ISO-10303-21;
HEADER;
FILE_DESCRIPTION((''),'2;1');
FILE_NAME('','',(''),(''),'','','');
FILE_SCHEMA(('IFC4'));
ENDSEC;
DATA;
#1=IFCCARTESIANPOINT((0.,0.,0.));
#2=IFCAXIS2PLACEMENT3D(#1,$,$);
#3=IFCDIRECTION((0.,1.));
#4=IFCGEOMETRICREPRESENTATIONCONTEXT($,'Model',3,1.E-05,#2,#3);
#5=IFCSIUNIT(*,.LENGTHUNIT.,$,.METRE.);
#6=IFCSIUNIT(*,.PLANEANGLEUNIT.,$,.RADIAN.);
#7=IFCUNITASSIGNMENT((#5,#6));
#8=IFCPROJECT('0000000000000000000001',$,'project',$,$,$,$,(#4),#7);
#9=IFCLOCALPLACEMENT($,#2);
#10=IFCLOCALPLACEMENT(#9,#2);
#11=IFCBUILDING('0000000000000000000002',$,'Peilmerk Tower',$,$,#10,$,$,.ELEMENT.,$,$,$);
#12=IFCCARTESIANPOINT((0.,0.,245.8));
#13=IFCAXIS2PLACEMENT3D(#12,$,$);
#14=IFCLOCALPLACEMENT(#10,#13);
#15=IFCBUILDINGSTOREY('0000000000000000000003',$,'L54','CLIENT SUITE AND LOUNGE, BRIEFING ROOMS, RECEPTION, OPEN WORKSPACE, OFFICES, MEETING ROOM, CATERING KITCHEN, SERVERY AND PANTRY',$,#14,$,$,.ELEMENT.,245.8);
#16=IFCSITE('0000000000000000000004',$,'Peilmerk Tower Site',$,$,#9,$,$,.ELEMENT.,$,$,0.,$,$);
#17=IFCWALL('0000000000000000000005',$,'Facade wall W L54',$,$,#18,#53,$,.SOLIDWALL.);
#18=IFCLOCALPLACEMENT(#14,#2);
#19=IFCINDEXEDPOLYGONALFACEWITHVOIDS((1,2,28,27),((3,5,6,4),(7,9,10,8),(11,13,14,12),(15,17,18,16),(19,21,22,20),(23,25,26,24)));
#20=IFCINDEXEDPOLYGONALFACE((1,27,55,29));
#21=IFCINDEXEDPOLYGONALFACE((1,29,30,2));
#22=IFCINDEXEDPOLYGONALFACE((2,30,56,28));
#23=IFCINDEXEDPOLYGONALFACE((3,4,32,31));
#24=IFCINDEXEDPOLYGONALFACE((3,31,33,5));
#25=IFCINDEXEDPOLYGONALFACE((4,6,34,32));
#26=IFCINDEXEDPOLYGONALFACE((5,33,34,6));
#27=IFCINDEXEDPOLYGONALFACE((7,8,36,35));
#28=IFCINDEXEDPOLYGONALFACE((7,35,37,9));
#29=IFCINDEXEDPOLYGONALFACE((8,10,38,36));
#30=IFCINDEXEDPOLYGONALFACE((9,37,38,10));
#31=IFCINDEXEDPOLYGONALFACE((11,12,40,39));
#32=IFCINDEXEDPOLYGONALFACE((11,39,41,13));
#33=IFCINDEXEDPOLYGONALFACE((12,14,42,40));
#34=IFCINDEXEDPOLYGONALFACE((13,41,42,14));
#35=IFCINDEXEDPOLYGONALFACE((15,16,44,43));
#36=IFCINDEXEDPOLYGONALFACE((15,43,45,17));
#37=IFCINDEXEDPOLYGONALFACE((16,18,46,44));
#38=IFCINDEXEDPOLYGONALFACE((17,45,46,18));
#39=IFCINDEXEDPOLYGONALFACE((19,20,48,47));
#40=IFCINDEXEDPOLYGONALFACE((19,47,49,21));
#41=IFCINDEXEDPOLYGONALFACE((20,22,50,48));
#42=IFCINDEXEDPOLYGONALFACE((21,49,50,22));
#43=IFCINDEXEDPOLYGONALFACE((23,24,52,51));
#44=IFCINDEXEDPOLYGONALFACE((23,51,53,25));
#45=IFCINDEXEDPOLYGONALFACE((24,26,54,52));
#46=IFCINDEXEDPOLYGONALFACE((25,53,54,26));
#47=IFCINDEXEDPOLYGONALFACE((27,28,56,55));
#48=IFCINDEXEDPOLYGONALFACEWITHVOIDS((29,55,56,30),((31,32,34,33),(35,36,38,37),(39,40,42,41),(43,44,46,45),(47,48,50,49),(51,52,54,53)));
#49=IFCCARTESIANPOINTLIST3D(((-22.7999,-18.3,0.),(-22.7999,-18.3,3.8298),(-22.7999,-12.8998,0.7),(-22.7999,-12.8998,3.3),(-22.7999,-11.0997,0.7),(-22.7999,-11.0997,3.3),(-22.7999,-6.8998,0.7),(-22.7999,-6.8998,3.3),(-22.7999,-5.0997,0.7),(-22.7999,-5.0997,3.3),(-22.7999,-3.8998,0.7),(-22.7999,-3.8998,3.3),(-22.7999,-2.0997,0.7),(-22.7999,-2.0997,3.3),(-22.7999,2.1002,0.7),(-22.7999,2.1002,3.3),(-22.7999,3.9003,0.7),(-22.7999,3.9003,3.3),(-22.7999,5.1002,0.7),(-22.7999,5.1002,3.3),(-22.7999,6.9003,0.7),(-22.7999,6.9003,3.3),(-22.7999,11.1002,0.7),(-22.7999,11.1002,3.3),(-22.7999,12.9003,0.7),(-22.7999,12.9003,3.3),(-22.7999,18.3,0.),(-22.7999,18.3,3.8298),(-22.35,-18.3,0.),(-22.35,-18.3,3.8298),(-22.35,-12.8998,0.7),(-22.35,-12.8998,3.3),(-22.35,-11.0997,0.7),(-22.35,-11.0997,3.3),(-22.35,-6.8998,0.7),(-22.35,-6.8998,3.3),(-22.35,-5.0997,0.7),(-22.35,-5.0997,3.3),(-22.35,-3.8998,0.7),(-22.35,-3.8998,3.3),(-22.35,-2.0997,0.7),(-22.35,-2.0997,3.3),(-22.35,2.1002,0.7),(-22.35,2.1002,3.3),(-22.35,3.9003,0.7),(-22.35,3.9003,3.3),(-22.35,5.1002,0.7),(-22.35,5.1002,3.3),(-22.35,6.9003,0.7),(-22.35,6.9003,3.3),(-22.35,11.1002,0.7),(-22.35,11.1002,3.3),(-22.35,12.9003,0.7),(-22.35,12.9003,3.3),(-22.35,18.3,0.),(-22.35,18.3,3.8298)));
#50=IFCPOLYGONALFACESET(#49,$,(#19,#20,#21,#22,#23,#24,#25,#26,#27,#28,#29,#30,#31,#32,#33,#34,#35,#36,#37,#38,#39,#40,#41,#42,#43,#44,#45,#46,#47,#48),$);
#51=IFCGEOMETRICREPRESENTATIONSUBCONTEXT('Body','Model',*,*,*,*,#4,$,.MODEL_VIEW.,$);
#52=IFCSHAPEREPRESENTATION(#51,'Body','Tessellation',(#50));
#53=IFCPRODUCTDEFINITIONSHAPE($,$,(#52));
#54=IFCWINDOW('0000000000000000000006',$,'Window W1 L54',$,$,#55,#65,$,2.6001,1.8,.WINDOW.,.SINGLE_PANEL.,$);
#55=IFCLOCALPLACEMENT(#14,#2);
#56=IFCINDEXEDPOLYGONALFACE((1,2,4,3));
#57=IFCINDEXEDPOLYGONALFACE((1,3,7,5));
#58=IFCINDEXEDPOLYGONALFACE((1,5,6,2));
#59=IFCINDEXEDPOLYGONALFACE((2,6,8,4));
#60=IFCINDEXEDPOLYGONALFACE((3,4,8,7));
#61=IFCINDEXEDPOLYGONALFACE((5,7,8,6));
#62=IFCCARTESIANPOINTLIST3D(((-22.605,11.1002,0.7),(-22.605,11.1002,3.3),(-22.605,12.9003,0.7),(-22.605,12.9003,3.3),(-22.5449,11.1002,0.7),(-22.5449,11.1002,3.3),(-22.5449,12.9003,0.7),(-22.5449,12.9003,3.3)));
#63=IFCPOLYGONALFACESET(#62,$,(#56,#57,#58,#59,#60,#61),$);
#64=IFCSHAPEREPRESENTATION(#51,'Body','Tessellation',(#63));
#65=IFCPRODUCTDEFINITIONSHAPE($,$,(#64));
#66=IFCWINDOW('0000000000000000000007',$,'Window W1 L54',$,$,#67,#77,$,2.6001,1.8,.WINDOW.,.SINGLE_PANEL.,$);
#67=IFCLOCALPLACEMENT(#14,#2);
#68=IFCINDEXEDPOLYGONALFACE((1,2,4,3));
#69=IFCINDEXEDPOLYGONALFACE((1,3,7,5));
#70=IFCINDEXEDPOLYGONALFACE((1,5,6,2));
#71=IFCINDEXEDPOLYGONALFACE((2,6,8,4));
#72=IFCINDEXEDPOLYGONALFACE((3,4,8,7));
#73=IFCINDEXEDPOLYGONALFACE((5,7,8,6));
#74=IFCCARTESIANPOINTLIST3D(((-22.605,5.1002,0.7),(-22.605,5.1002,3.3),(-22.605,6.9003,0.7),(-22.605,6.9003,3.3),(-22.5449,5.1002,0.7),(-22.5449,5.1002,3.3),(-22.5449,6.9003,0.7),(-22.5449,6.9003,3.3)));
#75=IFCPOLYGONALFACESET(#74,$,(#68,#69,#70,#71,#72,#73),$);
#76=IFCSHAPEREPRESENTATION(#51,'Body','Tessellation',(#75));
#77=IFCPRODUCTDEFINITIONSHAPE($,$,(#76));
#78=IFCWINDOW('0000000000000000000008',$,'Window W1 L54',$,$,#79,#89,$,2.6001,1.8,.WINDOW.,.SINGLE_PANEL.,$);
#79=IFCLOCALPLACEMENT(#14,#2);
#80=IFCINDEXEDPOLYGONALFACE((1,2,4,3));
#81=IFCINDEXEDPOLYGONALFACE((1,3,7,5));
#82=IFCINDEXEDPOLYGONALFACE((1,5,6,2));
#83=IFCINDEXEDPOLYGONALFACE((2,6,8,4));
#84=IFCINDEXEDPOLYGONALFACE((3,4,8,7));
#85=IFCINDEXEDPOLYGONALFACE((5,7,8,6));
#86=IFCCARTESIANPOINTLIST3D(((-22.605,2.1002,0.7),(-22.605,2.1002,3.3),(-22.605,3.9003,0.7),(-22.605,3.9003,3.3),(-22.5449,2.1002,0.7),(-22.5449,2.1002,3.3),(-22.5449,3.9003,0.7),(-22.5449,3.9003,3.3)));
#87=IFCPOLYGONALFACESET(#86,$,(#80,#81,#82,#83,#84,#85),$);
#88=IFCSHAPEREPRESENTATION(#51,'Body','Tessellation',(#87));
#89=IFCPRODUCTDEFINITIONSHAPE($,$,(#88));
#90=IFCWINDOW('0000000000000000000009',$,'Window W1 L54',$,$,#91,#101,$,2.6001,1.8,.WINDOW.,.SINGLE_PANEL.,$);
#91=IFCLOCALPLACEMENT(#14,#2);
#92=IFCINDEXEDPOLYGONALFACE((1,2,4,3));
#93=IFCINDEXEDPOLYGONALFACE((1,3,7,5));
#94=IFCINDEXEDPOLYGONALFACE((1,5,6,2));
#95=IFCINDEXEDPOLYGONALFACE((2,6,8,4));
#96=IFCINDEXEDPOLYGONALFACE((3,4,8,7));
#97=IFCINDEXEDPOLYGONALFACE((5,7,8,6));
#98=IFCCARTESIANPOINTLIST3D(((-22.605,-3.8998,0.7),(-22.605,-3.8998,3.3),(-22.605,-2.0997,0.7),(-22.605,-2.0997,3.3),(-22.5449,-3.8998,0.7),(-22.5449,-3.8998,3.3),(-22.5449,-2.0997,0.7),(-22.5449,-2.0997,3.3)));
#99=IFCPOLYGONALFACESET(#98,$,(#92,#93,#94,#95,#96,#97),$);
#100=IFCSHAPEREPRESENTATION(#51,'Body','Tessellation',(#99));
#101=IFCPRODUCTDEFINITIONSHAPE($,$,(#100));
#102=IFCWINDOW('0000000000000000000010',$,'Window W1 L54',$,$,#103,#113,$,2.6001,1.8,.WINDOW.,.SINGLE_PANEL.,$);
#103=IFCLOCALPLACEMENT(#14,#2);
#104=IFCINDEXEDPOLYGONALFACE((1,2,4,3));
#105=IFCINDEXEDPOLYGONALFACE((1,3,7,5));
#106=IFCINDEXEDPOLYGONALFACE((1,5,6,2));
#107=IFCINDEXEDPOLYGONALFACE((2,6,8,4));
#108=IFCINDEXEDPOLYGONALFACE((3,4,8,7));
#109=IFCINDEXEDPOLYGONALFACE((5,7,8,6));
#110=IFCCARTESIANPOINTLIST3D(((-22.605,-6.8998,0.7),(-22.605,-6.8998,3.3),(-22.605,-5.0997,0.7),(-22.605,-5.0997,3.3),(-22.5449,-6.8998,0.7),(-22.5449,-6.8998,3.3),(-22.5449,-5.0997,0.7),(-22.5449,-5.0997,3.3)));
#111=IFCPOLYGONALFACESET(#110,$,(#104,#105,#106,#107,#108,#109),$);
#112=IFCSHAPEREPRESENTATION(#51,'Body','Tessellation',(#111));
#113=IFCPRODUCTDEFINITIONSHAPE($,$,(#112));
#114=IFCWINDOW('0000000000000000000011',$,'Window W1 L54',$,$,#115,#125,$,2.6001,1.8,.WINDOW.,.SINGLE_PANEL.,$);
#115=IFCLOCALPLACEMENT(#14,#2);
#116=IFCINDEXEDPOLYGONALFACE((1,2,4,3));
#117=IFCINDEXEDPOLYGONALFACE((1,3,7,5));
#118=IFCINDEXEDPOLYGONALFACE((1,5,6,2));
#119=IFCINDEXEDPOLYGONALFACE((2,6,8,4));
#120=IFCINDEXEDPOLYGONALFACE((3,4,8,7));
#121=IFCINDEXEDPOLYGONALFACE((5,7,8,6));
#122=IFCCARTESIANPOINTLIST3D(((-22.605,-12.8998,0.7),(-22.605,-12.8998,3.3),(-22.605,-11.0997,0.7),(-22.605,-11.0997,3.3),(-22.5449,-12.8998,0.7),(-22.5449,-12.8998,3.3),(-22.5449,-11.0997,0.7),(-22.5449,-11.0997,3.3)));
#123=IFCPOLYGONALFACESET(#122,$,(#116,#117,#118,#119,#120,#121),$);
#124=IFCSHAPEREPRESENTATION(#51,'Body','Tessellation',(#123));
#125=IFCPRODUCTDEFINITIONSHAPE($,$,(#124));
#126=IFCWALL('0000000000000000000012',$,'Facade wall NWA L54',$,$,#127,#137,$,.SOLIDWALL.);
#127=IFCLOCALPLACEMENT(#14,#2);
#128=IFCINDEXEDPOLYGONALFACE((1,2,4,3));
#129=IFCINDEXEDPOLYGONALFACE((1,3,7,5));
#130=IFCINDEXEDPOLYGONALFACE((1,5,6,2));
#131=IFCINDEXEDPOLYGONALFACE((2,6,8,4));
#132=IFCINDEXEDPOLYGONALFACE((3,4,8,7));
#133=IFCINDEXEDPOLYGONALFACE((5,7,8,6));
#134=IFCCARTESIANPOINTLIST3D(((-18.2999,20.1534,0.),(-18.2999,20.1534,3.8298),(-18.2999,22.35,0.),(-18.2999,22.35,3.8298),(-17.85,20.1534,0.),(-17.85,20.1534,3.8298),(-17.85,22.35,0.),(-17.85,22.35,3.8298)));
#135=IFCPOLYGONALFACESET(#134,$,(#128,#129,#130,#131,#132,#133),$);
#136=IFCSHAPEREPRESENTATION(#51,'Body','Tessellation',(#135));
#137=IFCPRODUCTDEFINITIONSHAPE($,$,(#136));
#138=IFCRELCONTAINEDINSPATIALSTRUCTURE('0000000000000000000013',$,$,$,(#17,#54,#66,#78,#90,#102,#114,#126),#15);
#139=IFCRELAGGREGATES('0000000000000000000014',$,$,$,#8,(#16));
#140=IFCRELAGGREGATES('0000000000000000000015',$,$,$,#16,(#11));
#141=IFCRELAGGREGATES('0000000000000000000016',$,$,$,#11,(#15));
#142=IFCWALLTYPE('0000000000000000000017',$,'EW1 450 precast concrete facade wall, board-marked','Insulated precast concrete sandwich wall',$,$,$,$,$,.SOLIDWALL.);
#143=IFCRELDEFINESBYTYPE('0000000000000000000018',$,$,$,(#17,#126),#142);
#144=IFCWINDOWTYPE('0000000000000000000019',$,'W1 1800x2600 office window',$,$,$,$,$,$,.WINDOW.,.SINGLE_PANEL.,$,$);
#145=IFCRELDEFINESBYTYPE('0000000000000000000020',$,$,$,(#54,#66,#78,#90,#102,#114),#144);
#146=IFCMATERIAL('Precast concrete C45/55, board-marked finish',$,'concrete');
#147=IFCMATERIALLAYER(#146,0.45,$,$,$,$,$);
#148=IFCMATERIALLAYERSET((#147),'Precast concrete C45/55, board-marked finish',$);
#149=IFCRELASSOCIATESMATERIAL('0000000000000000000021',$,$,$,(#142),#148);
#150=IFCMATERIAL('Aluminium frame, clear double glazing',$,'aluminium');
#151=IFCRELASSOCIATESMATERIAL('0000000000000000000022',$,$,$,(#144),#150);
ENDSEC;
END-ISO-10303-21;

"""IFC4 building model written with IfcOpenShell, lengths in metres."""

from ifc_helpers import new_model, si_unit, direction, frame, frame_2d, origin, place, context, subcontext, project, spatial, rectangle, extrude, material, layer, layer_set, type_object, element, fill, save


model = new_model("IFC4")

# Units and contexts
model_context = context("Model", 3, precision=1e-05, world=origin(), true_north=direction((0.0, 1.0)))
body_context = subcontext(model_context, "Body", "Model", "MODEL_VIEW")
ifc_project = project(units=[si_unit("LENGTHUNIT", "METRE"), si_unit("PLANEANGLEUNIT", "RADIAN")], contexts=[model_context])

# Site, building, storey
site_placement = place(None, origin())
site = spatial("IfcSite", under=ifc_project, at=site_placement, Name="Peilmerk Tower Site", CompositionType="ELEMENT", RefElevation=0.0)
building_placement = place(site_placement, origin())
building = spatial("IfcBuilding", under=site, at=building_placement, Name="Peilmerk Tower", CompositionType="ELEMENT")
storey_placement = place(building_placement, frame((0.0, 0.0, 245.8)))
storey = spatial("IfcBuildingStorey", under=building, at=storey_placement, Name="L54", Description="CLIENT SUITE AND LOUNGE, BRIEFING ROOMS, RECEPTION, OPEN WORKSPACE, OFFICES, MEETING ROOM, CATERING KITCHEN, SERVERY AND PANTRY", CompositionType="ELEMENT", Elevation=245.8)

# Wall, openings, windows
ifc_material_1 = material(Name="Precast concrete C45/55, board-marked finish", Category="concrete")
ifc_layer_1 = layer(ifc_material_1, 0.45)
ifc_layer_set_1 = layer_set([ifc_layer_1], Name="Precast concrete C45/55, board-marked finish")
wall_type = type_object("IfcWallType", Name="EW1 450 precast concrete facade wall, board-marked", Description="Insulated precast concrete sandwich wall", PredefinedType="SOLIDWALL", material=ifc_layer_set_1)
wall_1_placement = place(storey_placement, frame((-22.575, 18.3, 0.0), z_axis=(0.0, 0.0, 1.0), x_axis=(0.0, -1.0, 0.0)))
wall_1 = element("IfcWall", 1, at=wall_1_placement, inside=storey, type_object=wall_type, Name="Facade wall W L54", PredefinedType="SOLIDWALL", context=body_context, shape_type="SweptSolid", body=[
    extrude(rectangle(XDim=36.6001, YDim=0.45, at=frame_2d((18.3, 0.0))), origin(), (0.0, 0.0, 1.0), 3.8298),
])
opening_1_placement = place(wall_1_placement, frame((5.3999, 0.0, 0.7)))
opening_1 = element("IfcOpeningElement", 2, at=opening_1_placement, cuts=wall_1, PredefinedType="OPENING", context=body_context, shape_type="SweptSolid", body=[
    extrude(rectangle(XDim=1.8, YDim=2.6001, at=frame_2d((0.8999, 1.3))), frame((0.0, 0.2349, 0.0), z_axis=(0.0, -1.0, 0.0), x_axis=(1.0, 0.0, 0.0)), (0.0, 0.0, 1.0), 0.47),
])
opening_2_placement = place(wall_1_placement, frame((11.3999, 0.0, 0.7)))
opening_2 = element("IfcOpeningElement", 3, at=opening_2_placement, cuts=wall_1, PredefinedType="OPENING", context=body_context, shape_type="SweptSolid", body=[
    extrude(rectangle(XDim=1.8, YDim=2.6001, at=frame_2d((0.8999, 1.3))), frame((0.0, 0.2349, 0.0), z_axis=(0.0, -1.0, 0.0), x_axis=(1.0, 0.0, 0.0)), (0.0, 0.0, 1.0), 0.47),
])
opening_3_placement = place(wall_1_placement, frame((14.3999, 0.0, 0.7)))
opening_3 = element("IfcOpeningElement", 4, at=opening_3_placement, cuts=wall_1, PredefinedType="OPENING", context=body_context, shape_type="SweptSolid", body=[
    extrude(rectangle(XDim=1.8, YDim=2.6001, at=frame_2d((0.8999, 1.3))), frame((0.0, 0.2349, 0.0), z_axis=(0.0, -1.0, 0.0), x_axis=(1.0, 0.0, 0.0)), (0.0, 0.0, 1.0), 0.47),
])
opening_4_placement = place(wall_1_placement, frame((20.3999, 0.0, 0.7)))
opening_4 = element("IfcOpeningElement", 5, at=opening_4_placement, cuts=wall_1, PredefinedType="OPENING", context=body_context, shape_type="SweptSolid", body=[
    extrude(rectangle(XDim=1.8, YDim=2.6001, at=frame_2d((0.8999, 1.3))), frame((0.0, 0.2349, 0.0), z_axis=(0.0, -1.0, 0.0), x_axis=(1.0, 0.0, 0.0)), (0.0, 0.0, 1.0), 0.47),
])
opening_5_placement = place(wall_1_placement, frame((23.3999, 0.0, 0.7)))
opening_5 = element("IfcOpeningElement", 6, at=opening_5_placement, cuts=wall_1, PredefinedType="OPENING", context=body_context, shape_type="SweptSolid", body=[
    extrude(rectangle(XDim=1.8, YDim=2.6001, at=frame_2d((0.8999, 1.3))), frame((0.0, 0.2349, 0.0), z_axis=(0.0, -1.0, 0.0), x_axis=(1.0, 0.0, 0.0)), (0.0, 0.0, 1.0), 0.47),
])
opening_6_placement = place(wall_1_placement, frame((29.3999, 0.0, 0.7)))
opening_6 = element("IfcOpeningElement", 7, at=opening_6_placement, cuts=wall_1, PredefinedType="OPENING", context=body_context, shape_type="SweptSolid", body=[
    extrude(rectangle(XDim=1.8, YDim=2.6001, at=frame_2d((0.8999, 1.3))), frame((0.0, 0.2349, 0.0), z_axis=(0.0, -1.0, 0.0), x_axis=(1.0, 0.0, 0.0)), (0.0, 0.0, 1.0), 0.47),
])
ifc_material_2 = material(Name="Aluminium frame, clear double glazing", Category="aluminium")
window_type = type_object("IfcWindowType", Name="W1 1800x2600 office window", PartitioningType="SINGLE_PANEL", PredefinedType="WINDOW", material=ifc_material_2)
window_1_placement = place(opening_1_placement, origin())
window_1 = element("IfcWindow", 8, at=window_1_placement, inside=storey, type_object=window_type, Name="Window W1 L54", OverallHeight=2.6001, OverallWidth=1.8, PartitioningType="SINGLE_PANEL", PredefinedType="WINDOW", context=body_context, shape_type="SweptSolid", body=[
    extrude(rectangle(XDim=1.8, YDim=2.6001, at=frame_2d((0.8999, 1.3))), frame((0.0, 0.03, 0.0), z_axis=(0.0, -1.0, 0.0), x_axis=(1.0, 0.0, 0.0)), (0.0, 0.0, 1.0), 0.0601),
])
fill(opening_1, window_1)
window_2_placement = place(opening_2_placement, origin())
window_2 = element("IfcWindow", 9, at=window_2_placement, inside=storey, type_object=window_type, Name="Window W1 L54", OverallHeight=2.6001, OverallWidth=1.8, PartitioningType="SINGLE_PANEL", PredefinedType="WINDOW", context=body_context, shape_type="SweptSolid", body=[
    extrude(rectangle(XDim=1.8, YDim=2.6001, at=frame_2d((0.8999, 1.3))), frame((0.0, 0.03, 0.0), z_axis=(0.0, -1.0, 0.0), x_axis=(1.0, 0.0, 0.0)), (0.0, 0.0, 1.0), 0.0601),
])
fill(opening_2, window_2)
window_3_placement = place(opening_3_placement, origin())
window_3 = element("IfcWindow", 10, at=window_3_placement, inside=storey, type_object=window_type, Name="Window W1 L54", OverallHeight=2.6001, OverallWidth=1.8, PartitioningType="SINGLE_PANEL", PredefinedType="WINDOW", context=body_context, shape_type="SweptSolid", body=[
    extrude(rectangle(XDim=1.8, YDim=2.6001, at=frame_2d((0.8999, 1.3))), frame((0.0, 0.03, 0.0), z_axis=(0.0, -1.0, 0.0), x_axis=(1.0, 0.0, 0.0)), (0.0, 0.0, 1.0), 0.0601),
])
fill(opening_3, window_3)
window_4_placement = place(opening_4_placement, origin())
window_4 = element("IfcWindow", 11, at=window_4_placement, inside=storey, type_object=window_type, Name="Window W1 L54", OverallHeight=2.6001, OverallWidth=1.8, PartitioningType="SINGLE_PANEL", PredefinedType="WINDOW", context=body_context, shape_type="SweptSolid", body=[
    extrude(rectangle(XDim=1.8, YDim=2.6001, at=frame_2d((0.8999, 1.3))), frame((0.0, 0.03, 0.0), z_axis=(0.0, -1.0, 0.0), x_axis=(1.0, 0.0, 0.0)), (0.0, 0.0, 1.0), 0.0601),
])
fill(opening_4, window_4)
window_5_placement = place(opening_5_placement, origin())
window_5 = element("IfcWindow", 12, at=window_5_placement, inside=storey, type_object=window_type, Name="Window W1 L54", OverallHeight=2.6001, OverallWidth=1.8, PartitioningType="SINGLE_PANEL", PredefinedType="WINDOW", context=body_context, shape_type="SweptSolid", body=[
    extrude(rectangle(XDim=1.8, YDim=2.6001, at=frame_2d((0.8999, 1.3))), frame((0.0, 0.03, 0.0), z_axis=(0.0, -1.0, 0.0), x_axis=(1.0, 0.0, 0.0)), (0.0, 0.0, 1.0), 0.0601),
])
fill(opening_5, window_5)
window_6_placement = place(opening_6_placement, origin())
window_6 = element("IfcWindow", 13, at=window_6_placement, inside=storey, type_object=window_type, Name="Window W1 L54", OverallHeight=2.6001, OverallWidth=1.8, PartitioningType="SINGLE_PANEL", PredefinedType="WINDOW", context=body_context, shape_type="SweptSolid", body=[
    extrude(rectangle(XDim=1.8, YDim=2.6001, at=frame_2d((0.8999, 1.3))), frame((0.0, 0.03, 0.0), z_axis=(0.0, -1.0, 0.0), x_axis=(1.0, 0.0, 0.0)), (0.0, 0.0, 1.0), 0.0601),
])
fill(opening_6, window_6)

# Wall
wall_2_placement = place(storey_placement, frame((-18.075, 20.1536, 0.0), z_axis=(0.0, 0.0, 1.0), x_axis=(0.0, 1.0, 0.0)))
element("IfcWall", 14, at=wall_2_placement, inside=storey, type_object=wall_type, Name="Facade wall NWA L54", PredefinedType="SOLIDWALL", context=body_context, shape_type="SweptSolid", body=[
    extrude(rectangle(XDim=2.1965, YDim=0.45, at=frame_2d((1.0981, 0.0))), origin(), (0.0, 0.0, 1.0), 3.8298),
])

save(model, "model.ifc")
